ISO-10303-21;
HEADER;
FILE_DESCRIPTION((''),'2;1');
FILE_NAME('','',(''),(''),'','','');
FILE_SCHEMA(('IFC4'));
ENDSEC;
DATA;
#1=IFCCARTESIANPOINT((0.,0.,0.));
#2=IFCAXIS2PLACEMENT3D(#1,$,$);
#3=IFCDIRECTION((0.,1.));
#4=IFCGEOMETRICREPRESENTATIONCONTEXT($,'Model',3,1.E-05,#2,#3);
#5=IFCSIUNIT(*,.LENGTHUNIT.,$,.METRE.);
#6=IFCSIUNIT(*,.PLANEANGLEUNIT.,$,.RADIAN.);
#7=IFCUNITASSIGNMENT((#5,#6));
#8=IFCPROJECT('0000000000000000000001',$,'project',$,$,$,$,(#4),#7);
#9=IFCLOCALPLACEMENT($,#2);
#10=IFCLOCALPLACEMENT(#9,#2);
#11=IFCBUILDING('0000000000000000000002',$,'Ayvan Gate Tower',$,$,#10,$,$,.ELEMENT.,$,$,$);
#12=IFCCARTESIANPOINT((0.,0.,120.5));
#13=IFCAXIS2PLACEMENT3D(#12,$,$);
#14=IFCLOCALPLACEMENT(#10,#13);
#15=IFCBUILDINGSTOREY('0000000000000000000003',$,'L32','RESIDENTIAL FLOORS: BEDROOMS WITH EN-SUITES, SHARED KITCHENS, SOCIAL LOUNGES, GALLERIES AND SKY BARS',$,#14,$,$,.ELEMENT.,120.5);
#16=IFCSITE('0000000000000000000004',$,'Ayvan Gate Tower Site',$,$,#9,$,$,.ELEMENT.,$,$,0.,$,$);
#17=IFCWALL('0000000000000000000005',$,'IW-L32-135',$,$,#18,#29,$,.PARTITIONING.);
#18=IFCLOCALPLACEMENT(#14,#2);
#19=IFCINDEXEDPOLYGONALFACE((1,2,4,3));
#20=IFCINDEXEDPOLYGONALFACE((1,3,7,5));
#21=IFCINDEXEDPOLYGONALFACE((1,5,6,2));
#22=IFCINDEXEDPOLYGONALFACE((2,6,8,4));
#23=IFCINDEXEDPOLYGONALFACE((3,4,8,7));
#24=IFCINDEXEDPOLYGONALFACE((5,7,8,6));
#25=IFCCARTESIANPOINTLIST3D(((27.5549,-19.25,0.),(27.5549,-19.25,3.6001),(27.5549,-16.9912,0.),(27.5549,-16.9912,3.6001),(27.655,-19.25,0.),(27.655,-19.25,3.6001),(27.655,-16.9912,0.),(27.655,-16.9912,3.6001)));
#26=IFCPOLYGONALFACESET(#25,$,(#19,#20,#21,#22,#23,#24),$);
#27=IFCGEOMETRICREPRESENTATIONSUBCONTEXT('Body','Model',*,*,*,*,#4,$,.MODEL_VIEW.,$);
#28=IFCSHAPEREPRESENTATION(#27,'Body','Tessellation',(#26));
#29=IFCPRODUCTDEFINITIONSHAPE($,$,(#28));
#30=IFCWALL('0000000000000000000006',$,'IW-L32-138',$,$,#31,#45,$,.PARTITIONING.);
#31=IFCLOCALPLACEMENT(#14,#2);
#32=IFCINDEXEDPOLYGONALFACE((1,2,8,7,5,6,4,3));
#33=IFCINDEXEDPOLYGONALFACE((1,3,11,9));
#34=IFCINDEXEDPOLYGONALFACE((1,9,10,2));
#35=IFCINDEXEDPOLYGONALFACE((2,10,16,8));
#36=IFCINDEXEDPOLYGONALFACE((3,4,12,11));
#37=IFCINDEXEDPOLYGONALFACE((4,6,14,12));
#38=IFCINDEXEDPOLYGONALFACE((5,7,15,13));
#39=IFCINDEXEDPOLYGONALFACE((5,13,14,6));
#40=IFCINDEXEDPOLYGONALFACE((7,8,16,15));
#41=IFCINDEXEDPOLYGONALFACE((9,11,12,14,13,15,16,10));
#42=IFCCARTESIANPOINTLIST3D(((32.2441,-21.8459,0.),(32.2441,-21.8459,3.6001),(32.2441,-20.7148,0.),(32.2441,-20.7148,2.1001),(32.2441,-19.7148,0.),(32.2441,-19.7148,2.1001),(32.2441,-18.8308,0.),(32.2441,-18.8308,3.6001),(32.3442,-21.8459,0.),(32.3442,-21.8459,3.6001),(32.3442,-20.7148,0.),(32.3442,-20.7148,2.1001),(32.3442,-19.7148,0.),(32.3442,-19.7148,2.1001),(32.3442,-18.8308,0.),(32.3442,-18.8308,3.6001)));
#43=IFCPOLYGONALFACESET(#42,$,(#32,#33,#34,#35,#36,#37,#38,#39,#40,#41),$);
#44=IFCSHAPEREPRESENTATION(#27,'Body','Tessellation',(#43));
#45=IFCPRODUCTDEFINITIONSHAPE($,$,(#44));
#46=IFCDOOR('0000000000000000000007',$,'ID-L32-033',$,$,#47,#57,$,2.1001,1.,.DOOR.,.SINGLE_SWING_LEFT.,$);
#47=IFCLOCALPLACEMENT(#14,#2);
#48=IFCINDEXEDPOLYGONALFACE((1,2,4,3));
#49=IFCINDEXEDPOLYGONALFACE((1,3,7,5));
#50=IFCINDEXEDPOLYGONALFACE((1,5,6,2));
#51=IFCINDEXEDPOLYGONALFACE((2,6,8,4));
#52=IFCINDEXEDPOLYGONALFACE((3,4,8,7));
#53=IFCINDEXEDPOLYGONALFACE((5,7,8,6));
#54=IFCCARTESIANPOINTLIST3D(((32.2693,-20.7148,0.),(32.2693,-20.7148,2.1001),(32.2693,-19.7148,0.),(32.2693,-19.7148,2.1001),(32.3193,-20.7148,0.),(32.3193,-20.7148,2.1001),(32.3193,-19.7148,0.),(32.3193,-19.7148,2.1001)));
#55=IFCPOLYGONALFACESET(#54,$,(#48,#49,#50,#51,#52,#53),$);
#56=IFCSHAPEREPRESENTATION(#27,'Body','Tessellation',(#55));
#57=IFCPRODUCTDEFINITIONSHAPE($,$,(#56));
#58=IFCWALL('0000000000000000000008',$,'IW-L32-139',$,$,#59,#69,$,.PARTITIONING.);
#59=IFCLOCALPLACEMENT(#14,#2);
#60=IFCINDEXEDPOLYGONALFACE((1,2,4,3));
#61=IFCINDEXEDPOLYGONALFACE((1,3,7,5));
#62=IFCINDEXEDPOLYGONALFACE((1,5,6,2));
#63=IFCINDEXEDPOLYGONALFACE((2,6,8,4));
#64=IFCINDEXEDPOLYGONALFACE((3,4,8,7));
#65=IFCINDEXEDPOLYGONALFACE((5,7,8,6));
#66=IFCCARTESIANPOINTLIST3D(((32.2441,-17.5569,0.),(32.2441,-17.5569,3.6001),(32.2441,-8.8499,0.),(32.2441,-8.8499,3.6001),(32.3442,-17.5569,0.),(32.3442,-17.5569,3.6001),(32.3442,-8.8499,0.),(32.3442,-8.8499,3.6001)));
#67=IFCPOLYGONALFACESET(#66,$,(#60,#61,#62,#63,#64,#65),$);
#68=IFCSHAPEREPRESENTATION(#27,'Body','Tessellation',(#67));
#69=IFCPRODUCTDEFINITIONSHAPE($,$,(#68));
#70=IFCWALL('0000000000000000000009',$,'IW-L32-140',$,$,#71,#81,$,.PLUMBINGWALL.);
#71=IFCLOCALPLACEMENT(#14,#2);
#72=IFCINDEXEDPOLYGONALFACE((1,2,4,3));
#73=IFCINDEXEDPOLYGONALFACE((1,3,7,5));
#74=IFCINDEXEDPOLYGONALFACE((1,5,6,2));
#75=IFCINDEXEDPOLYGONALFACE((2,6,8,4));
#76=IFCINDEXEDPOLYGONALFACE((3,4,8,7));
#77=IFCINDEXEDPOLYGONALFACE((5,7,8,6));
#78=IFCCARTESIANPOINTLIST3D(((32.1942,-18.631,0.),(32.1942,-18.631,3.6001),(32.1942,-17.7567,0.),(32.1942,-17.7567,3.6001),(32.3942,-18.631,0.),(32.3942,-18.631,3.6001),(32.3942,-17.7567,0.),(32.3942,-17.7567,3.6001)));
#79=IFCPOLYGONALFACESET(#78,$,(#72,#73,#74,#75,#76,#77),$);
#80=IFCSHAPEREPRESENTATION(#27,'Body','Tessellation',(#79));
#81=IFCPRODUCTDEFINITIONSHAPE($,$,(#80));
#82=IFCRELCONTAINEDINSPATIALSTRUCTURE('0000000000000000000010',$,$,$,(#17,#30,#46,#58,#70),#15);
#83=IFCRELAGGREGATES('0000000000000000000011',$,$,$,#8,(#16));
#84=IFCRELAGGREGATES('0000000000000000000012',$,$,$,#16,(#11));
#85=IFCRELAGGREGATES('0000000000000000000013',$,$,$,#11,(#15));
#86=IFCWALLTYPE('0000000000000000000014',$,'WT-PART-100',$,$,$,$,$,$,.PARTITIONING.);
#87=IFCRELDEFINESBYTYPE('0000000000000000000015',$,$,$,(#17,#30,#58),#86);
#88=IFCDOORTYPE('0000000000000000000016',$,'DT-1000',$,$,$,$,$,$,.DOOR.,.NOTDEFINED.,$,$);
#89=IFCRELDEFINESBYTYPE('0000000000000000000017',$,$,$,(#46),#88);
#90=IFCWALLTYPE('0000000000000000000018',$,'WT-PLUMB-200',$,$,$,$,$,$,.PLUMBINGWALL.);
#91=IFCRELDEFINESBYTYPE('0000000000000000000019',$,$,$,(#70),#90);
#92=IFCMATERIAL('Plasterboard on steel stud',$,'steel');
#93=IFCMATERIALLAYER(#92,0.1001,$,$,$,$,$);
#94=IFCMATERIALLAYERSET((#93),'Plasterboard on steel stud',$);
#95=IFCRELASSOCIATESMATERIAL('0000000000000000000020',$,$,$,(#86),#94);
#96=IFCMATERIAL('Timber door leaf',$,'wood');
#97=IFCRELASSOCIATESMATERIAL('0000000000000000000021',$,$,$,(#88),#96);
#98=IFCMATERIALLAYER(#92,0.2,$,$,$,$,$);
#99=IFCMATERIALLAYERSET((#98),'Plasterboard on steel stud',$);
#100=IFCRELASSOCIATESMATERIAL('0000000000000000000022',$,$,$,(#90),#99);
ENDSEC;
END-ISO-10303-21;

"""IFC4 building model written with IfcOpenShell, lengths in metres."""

from ifc_helpers import new_model, si_unit, direction, frame, frame_2d, origin, place, context, subcontext, project, spatial, rectangle, extrude, material, layer, layer_set, type_object, element, fill, save


model = new_model("IFC4")

# Units and contexts
model_context = context("Model", 3, precision=1e-05, world=origin(), true_north=direction((0.0, 1.0)))
body_context = subcontext(model_context, "Body", "Model", "MODEL_VIEW")
ifc_project = project(units=[si_unit("LENGTHUNIT", "METRE"), si_unit("PLANEANGLEUNIT", "RADIAN")], contexts=[model_context])

# Site, building, storey
site_placement = place(None, origin())
site = spatial("IfcSite", under=ifc_project, at=site_placement, Name="Ayvan Gate Tower Site", CompositionType="ELEMENT", RefElevation=0.0)
building_placement = place(site_placement, origin())
building = spatial("IfcBuilding", under=site, at=building_placement, Name="Ayvan Gate Tower", CompositionType="ELEMENT")
storey_placement = place(building_placement, frame((0.0, 0.0, 120.5)))
storey = spatial("IfcBuildingStorey", under=building, at=storey_placement, Name="L32", Description="RESIDENTIAL FLOORS: BEDROOMS WITH EN-SUITES, SHARED KITCHENS, SOCIAL LOUNGES, GALLERIES AND SKY BARS", CompositionType="ELEMENT", Elevation=120.5)

# Wall
ifc_material_1 = material(Name="Plasterboard on steel stud", Category="steel")
ifc_layer_1 = layer(ifc_material_1, 0.1001)
ifc_layer_set_1 = layer_set([ifc_layer_1], Name="Plasterboard on steel stud")
wall_type_1 = type_object("IfcWallType", Name="WT-PART-100", PredefinedType="PARTITIONING", material=ifc_layer_set_1)
wall_1_placement = place(storey_placement, frame((27.605, -16.9912, 0.0), z_axis=(0.0, 0.0, 1.0), x_axis=(0.0, -1.0, 0.0)))
element("IfcWall", 1, at=wall_1_placement, inside=storey, type_object=wall_type_1, Name="IW-L32-135", PredefinedType="PARTITIONING", context=body_context, shape_type="SweptSolid", body=[
    extrude(rectangle(XDim=2.2588, YDim=0.1001, at=frame_2d((1.1294, 0.0))), origin(), (0.0, 0.0, 1.0), 3.6001),
])

# Wall, opening, door
wall_2_placement = place(storey_placement, frame((32.2942, -21.8459, 0.0), z_axis=(0.0, 0.0, 1.0), x_axis=(0.0, 1.0, 0.0)))
wall_2 = element("IfcWall", 2, at=wall_2_placement, inside=storey, type_object=wall_type_1, Name="IW-L32-138", PredefinedType="PARTITIONING", context=body_context, shape_type="SweptSolid", body=[
    extrude(rectangle(XDim=3.0151, YDim=0.1001, at=frame_2d((1.5076, 0.0))), origin(), (0.0, 0.0, 1.0), 3.6001),
])
opening_placement = place(wall_2_placement, frame((1.1311, 0.0, 0.0)))
opening = element("IfcOpeningElement", 3, at=opening_placement, cuts=wall_2, PredefinedType="OPENING", context=body_context, shape_type="SweptSolid", body=[
    extrude(rectangle(XDim=1.0, YDim=2.1001, at=frame_2d((0.5, 1.05))), frame((0.0, 0.0601, 0.0), z_axis=(0.0, -1.0, 0.0), x_axis=(1.0, 0.0, 0.0)), (0.0, 0.0, 1.0), 0.1201),
])
ifc_material_2 = material(Name="Timber door leaf", Category="wood")
door_type = type_object("IfcDoorType", Name="DT-1000", OperationType="NOTDEFINED", PredefinedType="DOOR", material=ifc_material_2)
door_placement = place(opening_placement, origin())
door = element("IfcDoor", 4, at=door_placement, inside=storey, type_object=door_type, Name="ID-L32-033", OperationType="SINGLE_SWING_LEFT", OverallHeight=2.1001, OverallWidth=1.0, PredefinedType="DOOR", context=body_context, shape_type="SweptSolid", body=[
    extrude(rectangle(XDim=1.0, YDim=2.1001, at=frame_2d((0.5, 1.05))), frame((0.0, 0.0249, 0.0), z_axis=(0.0, -1.0, 0.0), x_axis=(1.0, 0.0, 0.0)), (0.0, 0.0, 1.0), 0.05),
])
fill(opening, door)

# Walls
wall_3_placement = place(storey_placement, frame((32.2942, -17.5569, 0.0), z_axis=(0.0, 0.0, 1.0), x_axis=(0.0, 1.0, 0.0)))
element("IfcWall", 5, at=wall_3_placement, inside=storey, type_object=wall_type_1, Name="IW-L32-139", PredefinedType="PARTITIONING", context=body_context, shape_type="SweptSolid", body=[
    extrude(rectangle(XDim=8.707, YDim=0.1001, at=frame_2d((4.3535, 0.0))), origin(), (0.0, 0.0, 1.0), 3.6001),
])
ifc_layer_2 = layer(ifc_material_1, 0.2)
ifc_layer_set_2 = layer_set([ifc_layer_2], Name="Plasterboard on steel stud")
wall_type_2 = type_object("IfcWallType", Name="WT-PLUMB-200", PredefinedType="PLUMBINGWALL", material=ifc_layer_set_2)
wall_4_placement = place(storey_placement, frame((32.2942, -17.7568, 0.0), z_axis=(0.0, 0.0, 1.0), x_axis=(0.0, -1.0, 0.0)))
element("IfcWall", 6, at=wall_4_placement, inside=storey, type_object=wall_type_2, Name="IW-L32-140", PredefinedType="PLUMBINGWALL", context=body_context, shape_type="SweptSolid", body=[
    extrude(rectangle(XDim=0.8743, YDim=0.2, at=frame_2d((0.437, 0.0))), origin(), (0.0, 0.0, 1.0), 3.6001),
])

save(model, "model.ifc")
